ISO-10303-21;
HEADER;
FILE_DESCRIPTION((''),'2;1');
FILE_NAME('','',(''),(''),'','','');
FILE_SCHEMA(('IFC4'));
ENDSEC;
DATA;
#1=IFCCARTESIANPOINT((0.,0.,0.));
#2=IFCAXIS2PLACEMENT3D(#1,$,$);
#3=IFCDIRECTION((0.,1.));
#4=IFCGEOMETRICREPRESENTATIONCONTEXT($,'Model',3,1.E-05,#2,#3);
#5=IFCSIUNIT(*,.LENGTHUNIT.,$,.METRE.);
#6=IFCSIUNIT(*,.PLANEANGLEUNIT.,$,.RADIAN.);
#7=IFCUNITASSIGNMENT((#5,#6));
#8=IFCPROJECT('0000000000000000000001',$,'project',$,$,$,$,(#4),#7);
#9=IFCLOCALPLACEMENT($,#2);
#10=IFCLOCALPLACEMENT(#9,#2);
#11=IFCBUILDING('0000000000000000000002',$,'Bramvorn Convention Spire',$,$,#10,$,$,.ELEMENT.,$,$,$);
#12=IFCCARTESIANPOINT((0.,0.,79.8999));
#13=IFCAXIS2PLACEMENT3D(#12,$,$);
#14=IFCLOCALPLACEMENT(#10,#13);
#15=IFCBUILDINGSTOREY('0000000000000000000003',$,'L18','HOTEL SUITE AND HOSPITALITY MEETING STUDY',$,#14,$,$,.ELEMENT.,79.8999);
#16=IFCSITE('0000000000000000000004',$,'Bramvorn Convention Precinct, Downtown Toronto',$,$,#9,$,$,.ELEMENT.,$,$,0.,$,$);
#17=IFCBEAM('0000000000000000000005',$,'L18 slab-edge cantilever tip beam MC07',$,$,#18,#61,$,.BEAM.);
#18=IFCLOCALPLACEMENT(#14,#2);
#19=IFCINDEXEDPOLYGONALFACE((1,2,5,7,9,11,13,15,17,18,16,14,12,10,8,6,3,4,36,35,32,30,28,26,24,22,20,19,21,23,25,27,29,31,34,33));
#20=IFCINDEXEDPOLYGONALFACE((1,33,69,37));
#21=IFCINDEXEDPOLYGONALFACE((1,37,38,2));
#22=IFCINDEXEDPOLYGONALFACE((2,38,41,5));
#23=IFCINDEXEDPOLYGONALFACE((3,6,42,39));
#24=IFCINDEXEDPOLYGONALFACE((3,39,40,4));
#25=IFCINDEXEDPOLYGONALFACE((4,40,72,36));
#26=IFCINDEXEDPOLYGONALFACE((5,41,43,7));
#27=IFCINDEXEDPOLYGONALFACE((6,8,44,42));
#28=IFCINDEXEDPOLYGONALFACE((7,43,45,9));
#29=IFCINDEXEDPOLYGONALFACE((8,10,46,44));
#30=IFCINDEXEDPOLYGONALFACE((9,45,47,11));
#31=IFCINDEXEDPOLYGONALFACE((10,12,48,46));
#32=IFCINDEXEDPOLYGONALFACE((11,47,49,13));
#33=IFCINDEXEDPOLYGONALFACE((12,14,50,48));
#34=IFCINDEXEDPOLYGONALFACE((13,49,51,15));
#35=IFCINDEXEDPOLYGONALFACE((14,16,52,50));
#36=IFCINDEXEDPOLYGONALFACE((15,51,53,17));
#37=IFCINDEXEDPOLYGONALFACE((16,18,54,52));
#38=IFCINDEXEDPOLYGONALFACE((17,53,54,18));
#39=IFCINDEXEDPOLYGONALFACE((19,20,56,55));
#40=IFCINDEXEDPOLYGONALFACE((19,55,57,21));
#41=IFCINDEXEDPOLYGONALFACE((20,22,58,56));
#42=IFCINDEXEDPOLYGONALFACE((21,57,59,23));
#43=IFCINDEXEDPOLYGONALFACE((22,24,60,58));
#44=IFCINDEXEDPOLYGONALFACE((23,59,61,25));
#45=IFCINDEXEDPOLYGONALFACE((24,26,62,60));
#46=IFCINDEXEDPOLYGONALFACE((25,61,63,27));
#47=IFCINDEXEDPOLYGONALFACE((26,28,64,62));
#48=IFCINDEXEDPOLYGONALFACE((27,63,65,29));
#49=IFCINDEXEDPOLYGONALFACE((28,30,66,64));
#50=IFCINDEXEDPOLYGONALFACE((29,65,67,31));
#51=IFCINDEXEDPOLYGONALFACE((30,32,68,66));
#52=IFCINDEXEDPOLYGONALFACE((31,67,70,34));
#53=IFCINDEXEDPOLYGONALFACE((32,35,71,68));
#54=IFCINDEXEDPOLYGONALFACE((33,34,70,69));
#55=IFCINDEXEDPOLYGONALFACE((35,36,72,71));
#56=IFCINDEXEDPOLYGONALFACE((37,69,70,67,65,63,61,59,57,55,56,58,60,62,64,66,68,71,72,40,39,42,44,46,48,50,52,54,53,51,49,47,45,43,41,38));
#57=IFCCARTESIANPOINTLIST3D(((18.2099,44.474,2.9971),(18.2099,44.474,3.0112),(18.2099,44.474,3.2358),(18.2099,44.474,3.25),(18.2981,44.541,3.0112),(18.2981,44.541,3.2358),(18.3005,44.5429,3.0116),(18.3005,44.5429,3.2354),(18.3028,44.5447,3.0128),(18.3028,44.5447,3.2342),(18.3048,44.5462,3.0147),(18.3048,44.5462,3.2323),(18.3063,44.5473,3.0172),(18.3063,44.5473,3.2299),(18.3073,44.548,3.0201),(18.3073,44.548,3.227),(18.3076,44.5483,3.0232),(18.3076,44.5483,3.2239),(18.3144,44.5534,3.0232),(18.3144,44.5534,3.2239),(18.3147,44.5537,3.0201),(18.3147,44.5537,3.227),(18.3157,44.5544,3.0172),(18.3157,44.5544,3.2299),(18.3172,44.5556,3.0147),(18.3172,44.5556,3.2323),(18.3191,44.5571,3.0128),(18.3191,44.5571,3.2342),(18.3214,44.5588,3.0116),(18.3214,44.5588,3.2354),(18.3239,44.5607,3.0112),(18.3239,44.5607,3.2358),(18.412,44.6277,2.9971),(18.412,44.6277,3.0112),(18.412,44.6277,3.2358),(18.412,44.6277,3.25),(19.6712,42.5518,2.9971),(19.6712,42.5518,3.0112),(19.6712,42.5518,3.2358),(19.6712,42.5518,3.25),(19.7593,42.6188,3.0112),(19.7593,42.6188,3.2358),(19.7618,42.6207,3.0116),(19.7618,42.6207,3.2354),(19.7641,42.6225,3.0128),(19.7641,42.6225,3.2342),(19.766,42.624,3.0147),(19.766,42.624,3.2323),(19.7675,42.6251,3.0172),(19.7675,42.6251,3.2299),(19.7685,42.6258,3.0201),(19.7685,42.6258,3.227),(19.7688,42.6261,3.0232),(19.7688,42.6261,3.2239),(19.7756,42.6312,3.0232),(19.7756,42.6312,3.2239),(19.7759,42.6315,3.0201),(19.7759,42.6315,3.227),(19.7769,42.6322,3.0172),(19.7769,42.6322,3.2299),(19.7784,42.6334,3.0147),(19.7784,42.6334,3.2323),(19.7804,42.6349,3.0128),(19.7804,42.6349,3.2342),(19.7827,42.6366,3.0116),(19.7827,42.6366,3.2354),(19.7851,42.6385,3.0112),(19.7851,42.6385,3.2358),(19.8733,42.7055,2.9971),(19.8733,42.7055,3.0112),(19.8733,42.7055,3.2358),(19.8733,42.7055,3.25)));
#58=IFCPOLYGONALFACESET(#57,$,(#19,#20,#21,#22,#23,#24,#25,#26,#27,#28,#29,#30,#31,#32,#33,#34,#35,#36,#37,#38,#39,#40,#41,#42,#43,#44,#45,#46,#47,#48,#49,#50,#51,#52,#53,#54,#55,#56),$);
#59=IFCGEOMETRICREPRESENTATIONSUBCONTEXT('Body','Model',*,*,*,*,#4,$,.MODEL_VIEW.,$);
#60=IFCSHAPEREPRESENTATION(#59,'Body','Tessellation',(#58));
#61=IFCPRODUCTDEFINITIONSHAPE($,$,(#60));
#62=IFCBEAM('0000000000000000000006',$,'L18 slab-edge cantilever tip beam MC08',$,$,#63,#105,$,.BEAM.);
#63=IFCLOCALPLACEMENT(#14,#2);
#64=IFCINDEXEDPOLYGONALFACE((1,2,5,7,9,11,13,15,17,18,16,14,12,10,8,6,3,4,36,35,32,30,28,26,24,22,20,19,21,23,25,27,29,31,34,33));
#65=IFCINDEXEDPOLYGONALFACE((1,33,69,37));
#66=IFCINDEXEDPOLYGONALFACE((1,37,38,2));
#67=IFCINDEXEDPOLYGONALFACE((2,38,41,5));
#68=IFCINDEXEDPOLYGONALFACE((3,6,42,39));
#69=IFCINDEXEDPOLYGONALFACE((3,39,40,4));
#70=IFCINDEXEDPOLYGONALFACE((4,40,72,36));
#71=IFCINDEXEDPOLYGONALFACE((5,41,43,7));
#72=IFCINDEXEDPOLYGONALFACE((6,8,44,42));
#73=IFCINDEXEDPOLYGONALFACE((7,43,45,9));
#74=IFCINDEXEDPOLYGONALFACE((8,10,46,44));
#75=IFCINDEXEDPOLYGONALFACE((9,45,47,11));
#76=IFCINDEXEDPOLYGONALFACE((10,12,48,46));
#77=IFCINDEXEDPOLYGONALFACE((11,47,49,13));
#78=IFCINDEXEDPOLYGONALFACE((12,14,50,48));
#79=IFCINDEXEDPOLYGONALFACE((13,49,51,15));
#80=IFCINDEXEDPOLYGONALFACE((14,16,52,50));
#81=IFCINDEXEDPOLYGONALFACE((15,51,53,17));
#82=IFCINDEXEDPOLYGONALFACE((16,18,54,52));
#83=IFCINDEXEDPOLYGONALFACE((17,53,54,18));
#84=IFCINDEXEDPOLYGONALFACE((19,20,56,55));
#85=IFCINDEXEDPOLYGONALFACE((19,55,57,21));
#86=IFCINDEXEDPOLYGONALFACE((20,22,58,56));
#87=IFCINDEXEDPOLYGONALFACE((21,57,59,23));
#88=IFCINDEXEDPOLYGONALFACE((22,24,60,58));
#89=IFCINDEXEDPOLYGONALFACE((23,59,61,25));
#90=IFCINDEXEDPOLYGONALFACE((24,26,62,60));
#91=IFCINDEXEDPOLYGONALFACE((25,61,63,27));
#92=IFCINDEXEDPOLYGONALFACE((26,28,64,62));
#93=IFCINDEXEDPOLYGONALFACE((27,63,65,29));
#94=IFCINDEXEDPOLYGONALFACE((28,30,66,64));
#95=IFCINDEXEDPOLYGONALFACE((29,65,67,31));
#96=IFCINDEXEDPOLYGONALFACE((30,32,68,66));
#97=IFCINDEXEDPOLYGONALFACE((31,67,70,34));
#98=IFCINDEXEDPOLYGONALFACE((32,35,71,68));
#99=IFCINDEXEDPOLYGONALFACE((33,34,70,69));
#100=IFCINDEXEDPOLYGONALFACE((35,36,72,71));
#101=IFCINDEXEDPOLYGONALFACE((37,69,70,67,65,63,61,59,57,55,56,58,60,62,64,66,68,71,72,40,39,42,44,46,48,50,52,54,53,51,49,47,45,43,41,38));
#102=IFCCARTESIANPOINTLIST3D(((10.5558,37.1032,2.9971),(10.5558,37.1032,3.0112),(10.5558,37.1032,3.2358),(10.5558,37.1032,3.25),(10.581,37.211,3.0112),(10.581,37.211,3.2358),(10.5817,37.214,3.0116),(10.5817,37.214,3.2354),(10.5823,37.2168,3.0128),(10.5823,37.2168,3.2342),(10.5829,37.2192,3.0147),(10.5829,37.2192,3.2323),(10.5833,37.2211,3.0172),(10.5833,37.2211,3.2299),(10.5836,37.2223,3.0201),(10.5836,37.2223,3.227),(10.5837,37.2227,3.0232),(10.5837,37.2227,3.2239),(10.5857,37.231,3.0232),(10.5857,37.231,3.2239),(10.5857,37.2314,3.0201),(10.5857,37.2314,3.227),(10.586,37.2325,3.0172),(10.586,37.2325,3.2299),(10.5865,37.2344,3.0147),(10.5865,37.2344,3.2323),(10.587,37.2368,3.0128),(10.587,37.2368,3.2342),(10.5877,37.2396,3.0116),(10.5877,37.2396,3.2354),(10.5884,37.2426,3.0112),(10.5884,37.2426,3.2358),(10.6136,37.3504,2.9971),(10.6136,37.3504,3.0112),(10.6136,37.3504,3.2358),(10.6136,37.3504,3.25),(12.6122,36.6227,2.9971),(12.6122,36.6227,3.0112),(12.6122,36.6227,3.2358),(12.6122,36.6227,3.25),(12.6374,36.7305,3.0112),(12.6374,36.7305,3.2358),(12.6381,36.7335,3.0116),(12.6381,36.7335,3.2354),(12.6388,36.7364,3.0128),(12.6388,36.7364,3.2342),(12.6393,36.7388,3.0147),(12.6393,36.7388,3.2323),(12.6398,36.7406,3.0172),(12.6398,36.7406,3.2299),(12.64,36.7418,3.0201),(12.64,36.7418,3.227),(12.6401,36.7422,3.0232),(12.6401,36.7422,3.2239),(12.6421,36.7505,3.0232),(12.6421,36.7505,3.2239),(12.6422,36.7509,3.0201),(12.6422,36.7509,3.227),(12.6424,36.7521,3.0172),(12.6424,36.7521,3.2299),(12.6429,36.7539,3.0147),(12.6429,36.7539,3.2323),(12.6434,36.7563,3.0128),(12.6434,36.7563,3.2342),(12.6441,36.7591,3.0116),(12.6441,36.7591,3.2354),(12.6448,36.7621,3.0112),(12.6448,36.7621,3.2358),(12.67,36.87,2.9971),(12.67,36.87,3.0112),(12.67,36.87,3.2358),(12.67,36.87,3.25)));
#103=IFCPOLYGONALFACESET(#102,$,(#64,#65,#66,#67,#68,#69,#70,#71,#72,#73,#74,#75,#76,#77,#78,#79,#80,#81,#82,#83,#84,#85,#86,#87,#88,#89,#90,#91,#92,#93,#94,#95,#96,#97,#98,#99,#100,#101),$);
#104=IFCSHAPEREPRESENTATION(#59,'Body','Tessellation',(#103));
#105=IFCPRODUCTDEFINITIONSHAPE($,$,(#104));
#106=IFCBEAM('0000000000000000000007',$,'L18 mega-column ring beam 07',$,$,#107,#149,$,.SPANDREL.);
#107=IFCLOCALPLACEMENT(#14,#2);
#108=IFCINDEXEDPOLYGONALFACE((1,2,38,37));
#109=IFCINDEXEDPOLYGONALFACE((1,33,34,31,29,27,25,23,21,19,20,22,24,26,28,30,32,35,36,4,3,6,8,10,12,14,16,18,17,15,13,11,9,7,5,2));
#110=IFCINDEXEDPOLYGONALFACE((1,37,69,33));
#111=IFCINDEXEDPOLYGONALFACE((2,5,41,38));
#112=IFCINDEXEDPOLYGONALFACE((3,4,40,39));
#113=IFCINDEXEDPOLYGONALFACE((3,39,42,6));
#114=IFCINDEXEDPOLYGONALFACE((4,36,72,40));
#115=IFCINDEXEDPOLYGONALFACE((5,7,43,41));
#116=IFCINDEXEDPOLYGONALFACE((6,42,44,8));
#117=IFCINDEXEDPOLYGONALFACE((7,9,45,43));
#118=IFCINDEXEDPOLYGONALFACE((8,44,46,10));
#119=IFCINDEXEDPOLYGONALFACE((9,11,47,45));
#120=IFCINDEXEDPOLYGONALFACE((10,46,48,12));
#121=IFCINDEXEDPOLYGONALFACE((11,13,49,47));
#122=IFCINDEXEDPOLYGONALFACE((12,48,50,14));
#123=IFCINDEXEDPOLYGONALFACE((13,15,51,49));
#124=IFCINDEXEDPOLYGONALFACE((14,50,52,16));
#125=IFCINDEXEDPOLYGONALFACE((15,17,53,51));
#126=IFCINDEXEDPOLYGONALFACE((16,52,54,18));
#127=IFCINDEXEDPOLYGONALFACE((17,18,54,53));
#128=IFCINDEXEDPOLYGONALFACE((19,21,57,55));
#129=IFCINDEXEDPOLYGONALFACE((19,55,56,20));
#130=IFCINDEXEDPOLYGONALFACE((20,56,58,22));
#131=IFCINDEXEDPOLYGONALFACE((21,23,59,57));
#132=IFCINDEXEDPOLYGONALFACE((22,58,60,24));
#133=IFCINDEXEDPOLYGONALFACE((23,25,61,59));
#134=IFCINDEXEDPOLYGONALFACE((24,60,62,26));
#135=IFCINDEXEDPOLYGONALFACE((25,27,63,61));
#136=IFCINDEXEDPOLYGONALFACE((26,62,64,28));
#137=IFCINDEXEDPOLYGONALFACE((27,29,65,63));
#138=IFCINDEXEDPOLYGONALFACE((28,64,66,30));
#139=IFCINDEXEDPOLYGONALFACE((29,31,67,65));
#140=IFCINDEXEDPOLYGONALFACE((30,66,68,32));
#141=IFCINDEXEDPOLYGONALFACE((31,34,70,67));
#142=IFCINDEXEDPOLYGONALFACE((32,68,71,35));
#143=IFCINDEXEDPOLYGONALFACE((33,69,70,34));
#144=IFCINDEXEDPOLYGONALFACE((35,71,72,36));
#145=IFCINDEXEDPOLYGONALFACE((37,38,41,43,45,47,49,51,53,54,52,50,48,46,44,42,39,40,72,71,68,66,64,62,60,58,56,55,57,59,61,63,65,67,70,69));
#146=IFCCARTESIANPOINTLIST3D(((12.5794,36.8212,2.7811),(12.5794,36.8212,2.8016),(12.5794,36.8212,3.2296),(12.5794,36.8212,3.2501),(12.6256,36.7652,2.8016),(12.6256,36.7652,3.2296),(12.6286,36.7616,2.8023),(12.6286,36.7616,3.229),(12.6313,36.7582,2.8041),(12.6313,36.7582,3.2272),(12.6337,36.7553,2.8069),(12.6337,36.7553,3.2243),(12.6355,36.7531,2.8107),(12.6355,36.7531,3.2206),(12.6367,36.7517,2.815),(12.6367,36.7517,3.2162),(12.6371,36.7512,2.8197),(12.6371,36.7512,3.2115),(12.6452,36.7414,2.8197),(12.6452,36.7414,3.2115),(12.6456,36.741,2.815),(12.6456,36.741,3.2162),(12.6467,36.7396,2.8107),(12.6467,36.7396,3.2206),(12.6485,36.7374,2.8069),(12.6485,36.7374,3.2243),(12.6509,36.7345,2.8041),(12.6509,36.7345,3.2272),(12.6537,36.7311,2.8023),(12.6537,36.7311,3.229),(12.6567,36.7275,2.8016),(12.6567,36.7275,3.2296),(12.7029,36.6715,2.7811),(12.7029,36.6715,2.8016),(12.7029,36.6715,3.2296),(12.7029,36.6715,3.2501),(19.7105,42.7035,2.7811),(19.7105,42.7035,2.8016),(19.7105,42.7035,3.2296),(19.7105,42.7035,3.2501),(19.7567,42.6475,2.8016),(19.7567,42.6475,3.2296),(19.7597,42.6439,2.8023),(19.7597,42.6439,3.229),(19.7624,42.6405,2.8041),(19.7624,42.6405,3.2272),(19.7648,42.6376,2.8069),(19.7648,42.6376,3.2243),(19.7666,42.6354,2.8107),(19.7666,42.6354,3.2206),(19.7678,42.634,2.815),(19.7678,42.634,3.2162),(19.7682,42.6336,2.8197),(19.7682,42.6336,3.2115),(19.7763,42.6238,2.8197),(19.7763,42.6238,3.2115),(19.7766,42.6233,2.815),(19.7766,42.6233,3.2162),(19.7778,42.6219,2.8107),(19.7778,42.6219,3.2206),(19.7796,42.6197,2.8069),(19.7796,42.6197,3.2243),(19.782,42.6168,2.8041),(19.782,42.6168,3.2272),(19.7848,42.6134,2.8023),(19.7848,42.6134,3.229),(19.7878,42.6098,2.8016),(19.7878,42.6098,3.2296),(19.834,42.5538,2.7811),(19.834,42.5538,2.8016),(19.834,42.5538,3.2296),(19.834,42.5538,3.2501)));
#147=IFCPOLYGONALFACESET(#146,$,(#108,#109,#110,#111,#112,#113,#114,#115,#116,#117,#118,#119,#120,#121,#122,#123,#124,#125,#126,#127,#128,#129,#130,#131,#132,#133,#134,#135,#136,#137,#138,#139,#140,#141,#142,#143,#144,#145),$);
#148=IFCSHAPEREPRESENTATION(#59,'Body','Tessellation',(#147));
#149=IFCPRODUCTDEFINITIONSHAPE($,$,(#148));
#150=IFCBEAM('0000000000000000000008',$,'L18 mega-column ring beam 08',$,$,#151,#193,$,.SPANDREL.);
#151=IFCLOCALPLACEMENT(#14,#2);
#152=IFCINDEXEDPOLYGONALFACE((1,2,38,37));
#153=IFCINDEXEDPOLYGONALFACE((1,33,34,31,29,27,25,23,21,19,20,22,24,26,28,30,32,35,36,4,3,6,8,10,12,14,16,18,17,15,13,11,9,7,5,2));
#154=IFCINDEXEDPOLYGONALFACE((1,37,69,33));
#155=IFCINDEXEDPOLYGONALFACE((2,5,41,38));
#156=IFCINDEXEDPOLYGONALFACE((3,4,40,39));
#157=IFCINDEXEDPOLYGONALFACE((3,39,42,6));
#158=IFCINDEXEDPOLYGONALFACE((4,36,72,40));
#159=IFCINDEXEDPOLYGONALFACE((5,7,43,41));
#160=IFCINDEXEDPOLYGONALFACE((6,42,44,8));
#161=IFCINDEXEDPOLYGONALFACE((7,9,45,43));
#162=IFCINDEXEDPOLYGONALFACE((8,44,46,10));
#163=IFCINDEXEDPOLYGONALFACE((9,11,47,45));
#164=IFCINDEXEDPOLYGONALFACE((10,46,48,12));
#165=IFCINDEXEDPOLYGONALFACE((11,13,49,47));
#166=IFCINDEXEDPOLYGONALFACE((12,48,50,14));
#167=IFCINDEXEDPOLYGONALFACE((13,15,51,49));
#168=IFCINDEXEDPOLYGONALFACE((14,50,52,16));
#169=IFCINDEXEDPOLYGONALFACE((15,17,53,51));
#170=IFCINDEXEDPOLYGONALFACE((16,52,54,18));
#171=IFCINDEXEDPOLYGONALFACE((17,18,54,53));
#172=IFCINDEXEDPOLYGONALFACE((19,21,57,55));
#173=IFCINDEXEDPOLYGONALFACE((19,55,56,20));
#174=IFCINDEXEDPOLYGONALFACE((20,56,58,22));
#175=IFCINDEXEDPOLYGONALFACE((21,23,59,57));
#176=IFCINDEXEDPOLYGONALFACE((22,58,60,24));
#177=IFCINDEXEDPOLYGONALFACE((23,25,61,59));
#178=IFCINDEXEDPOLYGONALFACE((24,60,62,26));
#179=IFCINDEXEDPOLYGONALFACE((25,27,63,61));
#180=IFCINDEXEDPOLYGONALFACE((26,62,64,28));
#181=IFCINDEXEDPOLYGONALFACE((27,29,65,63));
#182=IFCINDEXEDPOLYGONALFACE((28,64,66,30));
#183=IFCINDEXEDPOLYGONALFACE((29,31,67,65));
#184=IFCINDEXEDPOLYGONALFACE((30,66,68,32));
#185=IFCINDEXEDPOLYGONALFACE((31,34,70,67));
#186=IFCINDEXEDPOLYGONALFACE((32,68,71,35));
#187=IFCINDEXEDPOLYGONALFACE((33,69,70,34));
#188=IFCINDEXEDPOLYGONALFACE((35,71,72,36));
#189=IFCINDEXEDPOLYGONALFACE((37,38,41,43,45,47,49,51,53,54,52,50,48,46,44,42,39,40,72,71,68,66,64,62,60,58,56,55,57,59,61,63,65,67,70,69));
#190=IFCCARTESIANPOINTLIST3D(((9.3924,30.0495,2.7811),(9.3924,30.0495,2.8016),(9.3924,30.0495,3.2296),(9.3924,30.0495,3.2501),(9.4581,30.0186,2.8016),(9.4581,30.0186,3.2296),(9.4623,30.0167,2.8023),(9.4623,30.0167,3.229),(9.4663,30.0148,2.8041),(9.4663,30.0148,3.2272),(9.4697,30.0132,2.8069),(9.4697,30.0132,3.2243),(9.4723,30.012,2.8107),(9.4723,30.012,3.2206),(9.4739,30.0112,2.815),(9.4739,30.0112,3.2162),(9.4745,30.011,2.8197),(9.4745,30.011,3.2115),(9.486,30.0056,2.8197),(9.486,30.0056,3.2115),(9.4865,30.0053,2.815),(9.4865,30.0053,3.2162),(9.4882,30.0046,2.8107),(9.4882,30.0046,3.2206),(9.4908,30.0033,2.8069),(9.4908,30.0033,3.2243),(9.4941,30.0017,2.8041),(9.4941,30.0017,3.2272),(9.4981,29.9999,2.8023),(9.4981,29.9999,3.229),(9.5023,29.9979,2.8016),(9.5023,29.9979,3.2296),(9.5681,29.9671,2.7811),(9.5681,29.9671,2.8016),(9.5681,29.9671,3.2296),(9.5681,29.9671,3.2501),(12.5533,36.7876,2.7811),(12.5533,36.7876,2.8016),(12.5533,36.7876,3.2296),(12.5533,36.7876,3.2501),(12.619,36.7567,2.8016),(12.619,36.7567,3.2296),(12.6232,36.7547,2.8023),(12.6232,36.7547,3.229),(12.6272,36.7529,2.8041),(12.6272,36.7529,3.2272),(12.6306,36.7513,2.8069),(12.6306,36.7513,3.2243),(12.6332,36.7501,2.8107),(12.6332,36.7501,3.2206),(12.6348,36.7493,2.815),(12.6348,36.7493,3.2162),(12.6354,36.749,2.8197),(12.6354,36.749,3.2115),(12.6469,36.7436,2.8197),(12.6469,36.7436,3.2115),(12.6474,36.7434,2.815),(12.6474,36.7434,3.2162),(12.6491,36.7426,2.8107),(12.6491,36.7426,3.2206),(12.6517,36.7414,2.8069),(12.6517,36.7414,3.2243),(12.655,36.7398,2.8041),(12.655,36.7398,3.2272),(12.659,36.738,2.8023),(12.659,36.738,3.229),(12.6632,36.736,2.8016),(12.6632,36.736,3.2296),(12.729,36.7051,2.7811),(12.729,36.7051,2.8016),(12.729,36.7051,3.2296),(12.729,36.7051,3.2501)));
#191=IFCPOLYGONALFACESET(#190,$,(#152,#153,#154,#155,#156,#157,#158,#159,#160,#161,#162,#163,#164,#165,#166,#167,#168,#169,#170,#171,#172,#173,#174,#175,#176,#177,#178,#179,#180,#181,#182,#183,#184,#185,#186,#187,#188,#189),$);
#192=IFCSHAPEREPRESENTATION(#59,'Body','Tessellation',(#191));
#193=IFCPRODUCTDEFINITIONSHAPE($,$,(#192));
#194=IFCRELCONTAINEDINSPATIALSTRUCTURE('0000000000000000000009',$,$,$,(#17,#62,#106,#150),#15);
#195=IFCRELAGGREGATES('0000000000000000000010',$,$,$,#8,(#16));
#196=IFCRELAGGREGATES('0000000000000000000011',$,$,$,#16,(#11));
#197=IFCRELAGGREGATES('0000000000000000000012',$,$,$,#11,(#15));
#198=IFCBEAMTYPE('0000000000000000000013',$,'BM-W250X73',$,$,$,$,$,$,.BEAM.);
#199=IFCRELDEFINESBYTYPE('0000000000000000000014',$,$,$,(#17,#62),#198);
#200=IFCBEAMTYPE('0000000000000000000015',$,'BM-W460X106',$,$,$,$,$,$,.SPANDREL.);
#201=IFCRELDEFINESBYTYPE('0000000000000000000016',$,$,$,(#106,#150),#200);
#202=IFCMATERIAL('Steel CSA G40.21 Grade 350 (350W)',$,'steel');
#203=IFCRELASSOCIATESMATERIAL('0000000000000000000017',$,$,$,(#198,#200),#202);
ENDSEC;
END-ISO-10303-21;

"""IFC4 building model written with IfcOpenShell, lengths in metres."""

from ifc_helpers import new_model, si_unit, direction, frame, origin, origin_2d, place, context, subcontext, project, spatial, i_section, extrude, material, material_profile, profile_set, type_object, element, save


model = new_model("IFC4")

# Units and contexts
model_context = context("Model", 3, precision=1e-05, world=origin(), true_north=direction((0.0, 1.0)))
body_context = subcontext(model_context, "Body", "Model", "MODEL_VIEW")
ifc_project = project(units=[si_unit("LENGTHUNIT", "METRE"), si_unit("PLANEANGLEUNIT", "RADIAN")], contexts=[model_context])

# Site, building, storey
site_placement = place(None, origin())
site = spatial("IfcSite", under=ifc_project, at=site_placement, Name="Bramvorn Convention Precinct, Downtown Toronto", CompositionType="ELEMENT", RefElevation=0.0)
building_placement = place(site_placement, origin())
building = spatial("IfcBuilding", under=site, at=building_placement, Name="Bramvorn Convention Spire", CompositionType="ELEMENT")
storey_placement = place(building_placement, frame((0.0, 0.0, 79.8999)))
storey = spatial("IfcBuildingStorey", under=building, at=storey_placement, Name="L18", Description="HOTEL SUITE AND HOSPITALITY MEETING STUDY", CompositionType="ELEMENT", Elevation=79.8999)

# Shared definitions
ifc_material_1 = material(Name="Steel CSA G40.21 Grade 350 (350W)", Category="steel")

# Beams
ifc_material_profile_1 = material_profile(ifc_material_1, i_section(OverallWidth=0.2539, OverallDepth=0.2529, WebThickness=0.0085, FlangeThickness=0.0142, FilletRadius=0.012, at=origin_2d()))
ifc_profile_set_1 = profile_set([ifc_material_profile_1], Name="Steel CSA G40.21 Grade 350 (350W) - W250X73")
beam_type_1 = type_object("IfcBeamType", Name="BM-W250X73", PredefinedType="BEAM", material=ifc_profile_set_1)
beam_1_placement = place(storey_placement, frame((19.7722, 42.6287, 3.1235), z_axis=(-0.605181, 0.796088, 0.0), x_axis=(-0.796088, -0.605181, 0.0)))
element("IfcBeam", 1, at=beam_1_placement, inside=storey, type_object=beam_type_1, Name="L18 slab-edge cantilever tip beam MC07", PredefinedType="BEAM", context=body_context, shape_type="SweptSolid", body=[
    extrude(i_section(OverallWidth=0.2539, OverallDepth=0.2529, WebThickness=0.0085, FlangeThickness=0.0142, FilletRadius=0.012, at=origin_2d()), origin(), (0.0, 0.0, 1.0), 2.4146),
])
beam_2_placement = place(storey_placement, frame((12.6411, 36.7463, 3.1235), z_axis=(-0.973774, 0.227518, 0.0), x_axis=(-0.227518, -0.973774, 0.0)))
element("IfcBeam", 2, at=beam_2_placement, inside=storey, type_object=beam_type_1, Name="L18 slab-edge cantilever tip beam MC08", PredefinedType="BEAM", context=body_context, shape_type="SweptSolid", body=[
    extrude(i_section(OverallWidth=0.2539, OverallDepth=0.2529, WebThickness=0.0085, FlangeThickness=0.0142, FilletRadius=0.012, at=origin_2d()), origin(), (0.0, 0.0, 1.0), 2.1118),
])
ifc_material_profile_2 = material_profile(ifc_material_1, i_section(OverallWidth=0.1941, OverallDepth=0.469, WebThickness=0.0127, FlangeThickness=0.0205, FilletRadius=0.0181, at=origin_2d()))
ifc_profile_set_2 = profile_set([ifc_material_profile_2], Name="Steel CSA G40.21 Grade 350 (350W) - W460X106")
beam_type_2 = type_object("IfcBeamType", Name="BM-W460X106", PredefinedType="SPANDREL", material=ifc_profile_set_2)
beam_3_placement = place(storey_placement, frame((19.7722, 42.6287, 3.0156), z_axis=(-0.771418, -0.636329, 0.0), x_axis=(0.636329, -0.771418, 0.0)))
element("IfcBeam", 3, at=beam_3_placement, inside=storey, type_object=beam_type_2, Name="L18 mega-column ring beam 07", PredefinedType="SPANDREL", context=body_context, shape_type="SweptSolid", body=[
    extrude(i_section(OverallWidth=0.1941, OverallDepth=0.469, WebThickness=0.0127, FlangeThickness=0.0205, FilletRadius=0.0181, at=origin_2d()), origin(), (0.0, 0.0, 1.0), 9.2441),
])
beam_4_placement = place(storey_placement, frame((12.6411, 36.7463, 3.0156), z_axis=(-0.424702, -0.905333, 0.0), x_axis=(0.905333, -0.424702, 0.0)))
element("IfcBeam", 4, at=beam_4_placement, inside=storey, type_object=beam_type_2, Name="L18 mega-column ring beam 08", PredefinedType="SPANDREL", context=body_context, shape_type="SweptSolid", body=[
    extrude(i_section(OverallWidth=0.1941, OverallDepth=0.469, WebThickness=0.0127, FlangeThickness=0.0205, FilletRadius=0.0181, at=origin_2d()), origin(), (0.0, 0.0, 1.0), 7.4426),
])

save(model, "model.ifc")
